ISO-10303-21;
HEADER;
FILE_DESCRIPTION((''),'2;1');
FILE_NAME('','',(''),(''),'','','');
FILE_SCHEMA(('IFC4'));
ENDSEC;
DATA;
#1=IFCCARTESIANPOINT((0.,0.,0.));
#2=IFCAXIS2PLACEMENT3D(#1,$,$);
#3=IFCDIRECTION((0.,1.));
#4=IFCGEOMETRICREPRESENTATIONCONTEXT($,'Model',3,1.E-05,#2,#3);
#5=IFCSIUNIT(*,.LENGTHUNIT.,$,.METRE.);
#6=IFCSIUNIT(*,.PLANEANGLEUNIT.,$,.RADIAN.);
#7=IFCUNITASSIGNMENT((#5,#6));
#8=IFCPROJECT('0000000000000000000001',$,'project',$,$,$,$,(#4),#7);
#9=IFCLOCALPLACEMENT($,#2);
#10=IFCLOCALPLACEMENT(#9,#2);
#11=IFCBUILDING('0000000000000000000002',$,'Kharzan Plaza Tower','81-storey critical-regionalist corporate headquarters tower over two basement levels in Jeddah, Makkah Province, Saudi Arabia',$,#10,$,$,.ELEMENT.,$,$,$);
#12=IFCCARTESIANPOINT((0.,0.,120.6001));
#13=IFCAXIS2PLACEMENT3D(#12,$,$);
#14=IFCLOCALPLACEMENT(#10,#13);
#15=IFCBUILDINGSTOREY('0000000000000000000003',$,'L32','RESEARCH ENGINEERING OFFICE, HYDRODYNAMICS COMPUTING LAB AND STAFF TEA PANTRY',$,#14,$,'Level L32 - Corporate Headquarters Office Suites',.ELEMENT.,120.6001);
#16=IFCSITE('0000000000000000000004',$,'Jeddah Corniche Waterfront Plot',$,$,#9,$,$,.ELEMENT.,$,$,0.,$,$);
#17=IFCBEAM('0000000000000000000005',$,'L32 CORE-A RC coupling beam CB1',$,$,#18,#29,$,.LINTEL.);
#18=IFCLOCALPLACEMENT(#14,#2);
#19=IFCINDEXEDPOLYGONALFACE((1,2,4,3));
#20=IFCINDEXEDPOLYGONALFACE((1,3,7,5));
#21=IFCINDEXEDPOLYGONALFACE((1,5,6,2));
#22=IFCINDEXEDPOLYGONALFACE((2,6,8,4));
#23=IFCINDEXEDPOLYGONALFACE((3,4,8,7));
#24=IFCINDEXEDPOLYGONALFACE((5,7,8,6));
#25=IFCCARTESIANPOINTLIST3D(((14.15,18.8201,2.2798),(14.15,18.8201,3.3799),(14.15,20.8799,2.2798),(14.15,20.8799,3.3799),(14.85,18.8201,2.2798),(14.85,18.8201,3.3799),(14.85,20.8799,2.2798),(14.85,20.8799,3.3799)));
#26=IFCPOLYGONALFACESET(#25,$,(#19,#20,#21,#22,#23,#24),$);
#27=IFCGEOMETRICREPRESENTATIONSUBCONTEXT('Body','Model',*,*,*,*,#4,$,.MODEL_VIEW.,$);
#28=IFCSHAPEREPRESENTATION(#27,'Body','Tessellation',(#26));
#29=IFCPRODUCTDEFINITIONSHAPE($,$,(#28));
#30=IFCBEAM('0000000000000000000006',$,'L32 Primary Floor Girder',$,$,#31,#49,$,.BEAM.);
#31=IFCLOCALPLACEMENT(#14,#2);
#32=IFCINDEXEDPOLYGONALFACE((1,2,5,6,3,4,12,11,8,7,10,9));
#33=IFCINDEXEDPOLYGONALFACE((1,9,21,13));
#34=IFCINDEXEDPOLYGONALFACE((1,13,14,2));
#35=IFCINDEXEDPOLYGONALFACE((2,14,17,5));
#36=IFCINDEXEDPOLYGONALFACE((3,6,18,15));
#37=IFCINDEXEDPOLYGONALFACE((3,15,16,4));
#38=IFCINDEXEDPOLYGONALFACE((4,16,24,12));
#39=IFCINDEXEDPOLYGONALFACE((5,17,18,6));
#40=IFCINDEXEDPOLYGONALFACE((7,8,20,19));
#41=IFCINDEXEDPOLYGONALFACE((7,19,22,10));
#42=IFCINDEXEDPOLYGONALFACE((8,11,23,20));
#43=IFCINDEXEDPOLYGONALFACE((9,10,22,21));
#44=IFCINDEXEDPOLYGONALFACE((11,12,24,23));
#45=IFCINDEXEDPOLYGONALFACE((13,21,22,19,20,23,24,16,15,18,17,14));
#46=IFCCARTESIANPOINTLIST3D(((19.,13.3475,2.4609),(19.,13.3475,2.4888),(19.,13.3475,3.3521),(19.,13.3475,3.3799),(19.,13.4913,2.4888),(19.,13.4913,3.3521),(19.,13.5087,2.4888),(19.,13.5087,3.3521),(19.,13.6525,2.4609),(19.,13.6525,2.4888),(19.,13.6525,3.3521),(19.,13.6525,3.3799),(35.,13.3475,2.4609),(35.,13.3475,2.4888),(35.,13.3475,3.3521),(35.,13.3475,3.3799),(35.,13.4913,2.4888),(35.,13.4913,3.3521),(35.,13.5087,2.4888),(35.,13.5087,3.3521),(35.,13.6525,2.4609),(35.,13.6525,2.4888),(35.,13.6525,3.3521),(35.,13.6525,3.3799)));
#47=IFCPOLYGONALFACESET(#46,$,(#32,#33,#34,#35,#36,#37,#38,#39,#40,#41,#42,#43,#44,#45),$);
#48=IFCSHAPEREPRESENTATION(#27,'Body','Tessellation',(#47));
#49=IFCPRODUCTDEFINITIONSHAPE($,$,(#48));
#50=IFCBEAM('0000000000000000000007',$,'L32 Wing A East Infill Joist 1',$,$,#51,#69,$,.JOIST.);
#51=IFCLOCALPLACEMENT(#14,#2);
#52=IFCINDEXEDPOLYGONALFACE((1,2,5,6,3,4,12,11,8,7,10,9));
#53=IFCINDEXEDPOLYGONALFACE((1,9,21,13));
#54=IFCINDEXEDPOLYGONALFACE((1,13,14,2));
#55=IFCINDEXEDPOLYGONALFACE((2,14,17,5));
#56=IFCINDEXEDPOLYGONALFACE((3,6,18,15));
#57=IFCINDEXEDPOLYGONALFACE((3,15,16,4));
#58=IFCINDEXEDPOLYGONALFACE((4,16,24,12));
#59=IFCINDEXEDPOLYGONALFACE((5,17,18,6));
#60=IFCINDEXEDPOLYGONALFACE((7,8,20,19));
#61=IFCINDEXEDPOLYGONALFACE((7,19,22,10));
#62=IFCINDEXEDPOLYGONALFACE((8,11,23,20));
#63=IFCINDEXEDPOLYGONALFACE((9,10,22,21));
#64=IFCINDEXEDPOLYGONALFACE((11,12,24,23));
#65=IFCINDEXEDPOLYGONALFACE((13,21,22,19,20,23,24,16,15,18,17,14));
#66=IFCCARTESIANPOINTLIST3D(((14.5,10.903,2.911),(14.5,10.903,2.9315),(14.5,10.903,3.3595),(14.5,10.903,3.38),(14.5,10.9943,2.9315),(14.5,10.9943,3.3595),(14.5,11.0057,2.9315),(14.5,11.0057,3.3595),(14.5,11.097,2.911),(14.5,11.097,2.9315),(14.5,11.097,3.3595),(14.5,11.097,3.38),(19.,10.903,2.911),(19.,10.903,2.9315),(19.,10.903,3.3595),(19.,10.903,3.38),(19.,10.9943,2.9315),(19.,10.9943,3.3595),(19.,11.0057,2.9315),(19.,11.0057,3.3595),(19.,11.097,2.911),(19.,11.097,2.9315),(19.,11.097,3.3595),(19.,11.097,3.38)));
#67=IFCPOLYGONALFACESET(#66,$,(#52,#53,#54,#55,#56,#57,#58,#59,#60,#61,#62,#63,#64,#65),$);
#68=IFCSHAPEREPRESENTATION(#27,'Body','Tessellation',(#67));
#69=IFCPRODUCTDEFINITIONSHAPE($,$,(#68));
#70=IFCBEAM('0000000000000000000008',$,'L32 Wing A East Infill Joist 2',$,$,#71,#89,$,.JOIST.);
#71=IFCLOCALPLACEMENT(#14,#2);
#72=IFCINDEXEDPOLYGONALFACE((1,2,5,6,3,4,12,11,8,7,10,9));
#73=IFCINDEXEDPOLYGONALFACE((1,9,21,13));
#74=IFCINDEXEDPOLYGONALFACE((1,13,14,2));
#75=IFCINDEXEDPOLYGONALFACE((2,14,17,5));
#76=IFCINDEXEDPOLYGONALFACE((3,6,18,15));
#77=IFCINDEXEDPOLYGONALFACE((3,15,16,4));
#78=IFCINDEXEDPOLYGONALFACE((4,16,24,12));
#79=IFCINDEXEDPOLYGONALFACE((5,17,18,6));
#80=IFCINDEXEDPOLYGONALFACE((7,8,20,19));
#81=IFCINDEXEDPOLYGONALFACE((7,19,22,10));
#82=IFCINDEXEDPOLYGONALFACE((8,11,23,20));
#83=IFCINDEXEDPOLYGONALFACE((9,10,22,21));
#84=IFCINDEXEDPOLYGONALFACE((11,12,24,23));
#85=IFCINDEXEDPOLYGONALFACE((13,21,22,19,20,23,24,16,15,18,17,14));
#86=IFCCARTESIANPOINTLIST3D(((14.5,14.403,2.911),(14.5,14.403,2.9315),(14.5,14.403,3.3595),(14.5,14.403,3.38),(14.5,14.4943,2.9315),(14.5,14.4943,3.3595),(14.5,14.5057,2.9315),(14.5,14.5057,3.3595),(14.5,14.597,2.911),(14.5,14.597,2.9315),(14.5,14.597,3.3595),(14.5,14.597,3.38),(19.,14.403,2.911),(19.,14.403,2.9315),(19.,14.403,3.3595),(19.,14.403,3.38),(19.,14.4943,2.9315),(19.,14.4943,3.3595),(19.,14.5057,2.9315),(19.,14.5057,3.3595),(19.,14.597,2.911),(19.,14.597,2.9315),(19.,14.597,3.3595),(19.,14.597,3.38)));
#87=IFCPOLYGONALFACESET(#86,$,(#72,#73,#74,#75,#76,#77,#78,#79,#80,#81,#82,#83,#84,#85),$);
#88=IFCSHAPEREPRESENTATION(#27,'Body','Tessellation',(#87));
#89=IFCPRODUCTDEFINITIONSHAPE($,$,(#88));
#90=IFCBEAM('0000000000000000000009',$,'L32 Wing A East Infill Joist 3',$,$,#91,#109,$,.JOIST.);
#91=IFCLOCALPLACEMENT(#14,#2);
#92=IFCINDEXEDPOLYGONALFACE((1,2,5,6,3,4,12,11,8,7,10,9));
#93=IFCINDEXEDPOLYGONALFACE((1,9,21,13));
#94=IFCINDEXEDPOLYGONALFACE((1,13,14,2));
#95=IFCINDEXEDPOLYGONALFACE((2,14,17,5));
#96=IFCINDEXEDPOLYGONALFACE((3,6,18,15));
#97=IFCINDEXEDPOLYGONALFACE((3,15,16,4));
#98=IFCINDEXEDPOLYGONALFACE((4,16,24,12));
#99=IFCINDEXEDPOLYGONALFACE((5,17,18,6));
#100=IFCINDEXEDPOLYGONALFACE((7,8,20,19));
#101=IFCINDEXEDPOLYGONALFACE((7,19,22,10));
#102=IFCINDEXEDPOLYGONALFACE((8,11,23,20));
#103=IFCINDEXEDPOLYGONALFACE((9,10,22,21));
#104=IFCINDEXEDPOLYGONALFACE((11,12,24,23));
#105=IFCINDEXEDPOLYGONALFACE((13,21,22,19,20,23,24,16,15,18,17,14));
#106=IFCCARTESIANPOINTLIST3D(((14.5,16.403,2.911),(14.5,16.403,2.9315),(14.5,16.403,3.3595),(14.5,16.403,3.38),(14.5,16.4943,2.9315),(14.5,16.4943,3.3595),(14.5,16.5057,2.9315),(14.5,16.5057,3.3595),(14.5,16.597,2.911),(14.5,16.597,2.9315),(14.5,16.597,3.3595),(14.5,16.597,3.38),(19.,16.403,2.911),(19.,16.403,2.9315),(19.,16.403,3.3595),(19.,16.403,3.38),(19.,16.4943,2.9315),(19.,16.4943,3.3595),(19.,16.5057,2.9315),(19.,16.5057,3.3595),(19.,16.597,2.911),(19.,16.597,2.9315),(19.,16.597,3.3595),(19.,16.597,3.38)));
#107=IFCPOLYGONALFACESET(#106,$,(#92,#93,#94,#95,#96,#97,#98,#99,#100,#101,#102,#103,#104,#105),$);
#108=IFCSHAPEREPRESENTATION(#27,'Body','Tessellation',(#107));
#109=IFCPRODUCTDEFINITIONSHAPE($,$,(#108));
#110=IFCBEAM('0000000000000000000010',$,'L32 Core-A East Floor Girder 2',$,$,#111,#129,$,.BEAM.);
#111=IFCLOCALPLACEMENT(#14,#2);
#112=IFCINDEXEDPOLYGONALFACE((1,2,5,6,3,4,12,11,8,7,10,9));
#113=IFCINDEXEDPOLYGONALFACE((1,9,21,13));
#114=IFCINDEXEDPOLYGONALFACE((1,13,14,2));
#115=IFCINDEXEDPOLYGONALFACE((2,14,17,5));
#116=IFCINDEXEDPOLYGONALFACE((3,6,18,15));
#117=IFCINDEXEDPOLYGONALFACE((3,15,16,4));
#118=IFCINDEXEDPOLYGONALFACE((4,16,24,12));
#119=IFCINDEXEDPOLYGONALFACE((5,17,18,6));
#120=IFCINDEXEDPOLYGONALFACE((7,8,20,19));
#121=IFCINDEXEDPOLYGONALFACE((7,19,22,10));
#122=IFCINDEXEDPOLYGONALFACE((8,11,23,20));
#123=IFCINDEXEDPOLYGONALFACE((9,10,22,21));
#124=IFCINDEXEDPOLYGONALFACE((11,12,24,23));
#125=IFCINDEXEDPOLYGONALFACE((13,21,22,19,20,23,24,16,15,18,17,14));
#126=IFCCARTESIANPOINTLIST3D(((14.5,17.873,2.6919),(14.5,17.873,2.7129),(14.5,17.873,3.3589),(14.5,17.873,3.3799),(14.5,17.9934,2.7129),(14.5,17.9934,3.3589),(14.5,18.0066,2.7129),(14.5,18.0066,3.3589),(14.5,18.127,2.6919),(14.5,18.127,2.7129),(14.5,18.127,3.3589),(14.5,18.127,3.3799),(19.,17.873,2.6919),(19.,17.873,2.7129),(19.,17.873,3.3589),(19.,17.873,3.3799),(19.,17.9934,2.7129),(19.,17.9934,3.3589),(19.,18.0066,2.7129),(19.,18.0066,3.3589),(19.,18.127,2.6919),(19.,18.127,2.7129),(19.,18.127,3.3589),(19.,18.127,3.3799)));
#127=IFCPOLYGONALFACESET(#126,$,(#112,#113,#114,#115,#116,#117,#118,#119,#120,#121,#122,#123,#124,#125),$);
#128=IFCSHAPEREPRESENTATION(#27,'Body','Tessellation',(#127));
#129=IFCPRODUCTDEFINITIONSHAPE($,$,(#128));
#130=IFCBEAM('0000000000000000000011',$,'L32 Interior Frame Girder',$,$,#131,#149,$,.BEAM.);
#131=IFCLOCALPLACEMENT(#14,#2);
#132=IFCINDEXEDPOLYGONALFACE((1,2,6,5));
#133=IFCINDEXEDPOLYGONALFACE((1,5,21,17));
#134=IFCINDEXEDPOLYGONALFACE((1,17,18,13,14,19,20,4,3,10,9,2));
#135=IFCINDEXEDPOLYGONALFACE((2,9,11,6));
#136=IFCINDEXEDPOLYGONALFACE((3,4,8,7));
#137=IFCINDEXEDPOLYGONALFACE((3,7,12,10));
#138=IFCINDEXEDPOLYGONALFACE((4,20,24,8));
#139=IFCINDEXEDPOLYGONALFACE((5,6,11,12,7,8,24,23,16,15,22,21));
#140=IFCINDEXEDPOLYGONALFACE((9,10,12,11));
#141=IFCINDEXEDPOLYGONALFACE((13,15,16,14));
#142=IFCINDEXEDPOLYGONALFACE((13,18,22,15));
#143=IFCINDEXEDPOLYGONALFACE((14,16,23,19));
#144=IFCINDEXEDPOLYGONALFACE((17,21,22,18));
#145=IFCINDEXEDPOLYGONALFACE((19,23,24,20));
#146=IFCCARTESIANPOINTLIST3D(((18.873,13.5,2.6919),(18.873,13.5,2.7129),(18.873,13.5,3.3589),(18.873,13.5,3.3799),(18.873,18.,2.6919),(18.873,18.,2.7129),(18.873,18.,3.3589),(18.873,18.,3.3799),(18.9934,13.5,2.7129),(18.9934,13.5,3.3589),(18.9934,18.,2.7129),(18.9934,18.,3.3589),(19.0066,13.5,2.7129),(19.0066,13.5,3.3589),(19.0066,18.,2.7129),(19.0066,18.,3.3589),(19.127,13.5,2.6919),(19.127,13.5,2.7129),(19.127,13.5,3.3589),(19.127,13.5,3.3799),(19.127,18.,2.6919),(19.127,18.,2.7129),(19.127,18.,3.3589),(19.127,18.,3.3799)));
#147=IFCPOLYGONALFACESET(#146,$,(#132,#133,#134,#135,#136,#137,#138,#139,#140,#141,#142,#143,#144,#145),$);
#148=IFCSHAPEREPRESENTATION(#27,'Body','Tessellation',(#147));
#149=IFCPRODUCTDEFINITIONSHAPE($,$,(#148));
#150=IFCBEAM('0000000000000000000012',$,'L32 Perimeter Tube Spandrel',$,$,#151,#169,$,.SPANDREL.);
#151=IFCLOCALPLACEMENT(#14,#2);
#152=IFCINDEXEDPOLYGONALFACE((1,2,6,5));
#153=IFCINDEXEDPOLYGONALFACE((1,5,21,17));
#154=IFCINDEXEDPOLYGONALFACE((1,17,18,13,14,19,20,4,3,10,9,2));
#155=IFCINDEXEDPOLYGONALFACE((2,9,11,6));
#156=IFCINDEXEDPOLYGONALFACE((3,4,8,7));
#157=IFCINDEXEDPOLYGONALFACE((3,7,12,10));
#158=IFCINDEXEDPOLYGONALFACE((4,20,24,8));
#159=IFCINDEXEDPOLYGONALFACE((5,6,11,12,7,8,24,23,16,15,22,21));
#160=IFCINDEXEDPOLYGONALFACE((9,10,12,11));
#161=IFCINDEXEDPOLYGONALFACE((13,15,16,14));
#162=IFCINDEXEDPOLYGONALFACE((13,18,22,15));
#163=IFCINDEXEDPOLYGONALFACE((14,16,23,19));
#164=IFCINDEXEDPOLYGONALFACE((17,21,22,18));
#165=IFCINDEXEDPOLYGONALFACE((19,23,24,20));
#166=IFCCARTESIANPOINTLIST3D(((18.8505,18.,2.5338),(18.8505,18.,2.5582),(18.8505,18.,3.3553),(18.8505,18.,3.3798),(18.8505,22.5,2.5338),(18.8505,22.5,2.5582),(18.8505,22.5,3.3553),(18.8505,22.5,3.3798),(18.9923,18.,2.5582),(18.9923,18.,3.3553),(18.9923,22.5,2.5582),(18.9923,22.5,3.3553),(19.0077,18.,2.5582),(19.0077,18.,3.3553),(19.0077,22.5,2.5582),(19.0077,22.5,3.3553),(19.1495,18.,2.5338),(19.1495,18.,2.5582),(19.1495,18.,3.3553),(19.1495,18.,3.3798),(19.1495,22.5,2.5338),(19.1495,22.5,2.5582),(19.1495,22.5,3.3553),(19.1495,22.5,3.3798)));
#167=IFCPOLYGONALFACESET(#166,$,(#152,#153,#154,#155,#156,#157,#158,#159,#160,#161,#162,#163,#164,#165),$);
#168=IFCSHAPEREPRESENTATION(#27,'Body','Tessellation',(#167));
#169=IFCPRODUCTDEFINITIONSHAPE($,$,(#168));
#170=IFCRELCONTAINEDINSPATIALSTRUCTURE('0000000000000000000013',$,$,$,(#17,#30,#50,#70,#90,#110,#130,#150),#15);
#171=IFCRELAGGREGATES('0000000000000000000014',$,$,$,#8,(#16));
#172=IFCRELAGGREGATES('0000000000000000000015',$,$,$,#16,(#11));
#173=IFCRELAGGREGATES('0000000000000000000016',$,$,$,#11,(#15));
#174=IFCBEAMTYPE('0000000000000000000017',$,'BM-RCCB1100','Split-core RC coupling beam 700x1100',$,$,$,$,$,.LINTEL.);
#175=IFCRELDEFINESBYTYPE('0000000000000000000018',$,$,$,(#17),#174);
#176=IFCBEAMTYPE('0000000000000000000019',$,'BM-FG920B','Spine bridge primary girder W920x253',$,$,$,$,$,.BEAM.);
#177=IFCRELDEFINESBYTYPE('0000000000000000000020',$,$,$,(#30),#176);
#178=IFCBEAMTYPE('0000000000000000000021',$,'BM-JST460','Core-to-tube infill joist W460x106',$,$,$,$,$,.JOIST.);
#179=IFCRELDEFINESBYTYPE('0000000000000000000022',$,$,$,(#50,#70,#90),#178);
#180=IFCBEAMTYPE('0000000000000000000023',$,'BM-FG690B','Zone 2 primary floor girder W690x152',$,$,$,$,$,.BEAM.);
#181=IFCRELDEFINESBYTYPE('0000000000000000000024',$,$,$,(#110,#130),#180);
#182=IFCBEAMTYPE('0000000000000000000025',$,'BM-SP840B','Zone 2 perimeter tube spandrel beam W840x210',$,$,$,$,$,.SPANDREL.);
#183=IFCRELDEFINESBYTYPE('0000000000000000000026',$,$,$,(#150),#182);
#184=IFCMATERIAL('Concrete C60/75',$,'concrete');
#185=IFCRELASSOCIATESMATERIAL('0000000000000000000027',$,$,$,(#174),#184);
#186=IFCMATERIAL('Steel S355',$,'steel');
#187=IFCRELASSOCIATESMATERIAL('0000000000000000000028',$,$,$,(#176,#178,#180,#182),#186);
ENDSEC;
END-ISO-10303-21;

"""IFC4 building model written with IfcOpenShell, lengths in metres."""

from ifc_helpers import new_model, si_unit, direction, frame, origin, origin_2d, place, context, subcontext, project, spatial, rectangle, i_section, extrude, source, transform, mapped, material, material_profile, profile_set, type_object, element, save


model = new_model("IFC4")

# Units and contexts
model_context = context("Model", 3, precision=1e-05, world=origin(), true_north=direction((0.0, 1.0)))
body_context = subcontext(model_context, "Body", "Model", "MODEL_VIEW")
ifc_project = project(units=[si_unit("LENGTHUNIT", "METRE"), si_unit("PLANEANGLEUNIT", "RADIAN")], contexts=[model_context])

# Site, building, storey
site_placement = place(None, origin())
site = spatial("IfcSite", under=ifc_project, at=site_placement, Name="Jeddah Corniche Waterfront Plot", CompositionType="ELEMENT", RefElevation=0.0)
building_placement = place(site_placement, origin())
building = spatial("IfcBuilding", under=site, at=building_placement, Name="Kharzan Plaza Tower", Description="81-storey critical-regionalist corporate headquarters tower over two basement levels in Jeddah, Makkah Province, Saudi Arabia", CompositionType="ELEMENT")
storey_placement = place(building_placement, frame((0.0, 0.0, 120.6001)))
storey = spatial("IfcBuildingStorey", under=building, at=storey_placement, Name="L32", Description="RESEARCH ENGINEERING OFFICE, HYDRODYNAMICS COMPUTING LAB AND STAFF TEA PANTRY", LongName="Level L32 - Corporate Headquarters Office Suites", CompositionType="ELEMENT", Elevation=120.6001)

# Beams
ifc_material_1 = material(Name="Concrete C60/75", Category="concrete")
ifc_material_profile_1 = material_profile(ifc_material_1, rectangle(XDim=0.7, YDim=1.1001, at=origin_2d()), Name="RC-CB1100x700")
ifc_profile_set_1 = profile_set([ifc_material_profile_1], Name="Concrete C60/75")
beam_type_1 = type_object("IfcBeamType", Name="BM-RCCB1100", Description="Split-core RC coupling beam 700x1100", PredefinedType="LINTEL", material=ifc_profile_set_1)
shared_shape_1 = source(origin(), body_context, "Body", "SweptSolid", [
    extrude(rectangle(XDim=0.7, YDim=1.1001, at=origin_2d()), origin(), (0.0, 0.0, 1.0), 2.0598),
])
beam_1_placement = place(storey_placement, frame((14.5, 18.8201, 2.8298), z_axis=(0.0, 1.0, 0.0), x_axis=(-1.0, 0.0, 0.0)))
element("IfcBeam", 1, at=beam_1_placement, inside=storey, type_object=beam_type_1, Name="L32 CORE-A RC coupling beam CB1", PredefinedType="LINTEL", context=body_context, shape_type="MappedRepresentation", body=[
    mapped(shared_shape_1, transform((0.0, 0.0, 0.0), x_axis=(1.0, 0.0, 0.0), y_axis=(0.0, 1.0, 0.0), z_axis=(0.0, 0.0, 1.0))),
])
ifc_material_2 = material(Name="Steel S355", Category="steel")
ifc_material_profile_2 = material_profile(ifc_material_2, i_section(OverallWidth=0.3049, OverallDepth=0.9189, WebThickness=0.0173, FlangeThickness=0.0278, at=origin_2d()), Name="W920x253")
ifc_profile_set_2 = profile_set([ifc_material_profile_2], Name="Steel S355")
beam_type_2 = type_object("IfcBeamType", Name="BM-FG920B", Description="Spine bridge primary girder W920x253", PredefinedType="BEAM", material=ifc_profile_set_2)
shared_shape_2 = source(origin(), body_context, "Body", "SweptSolid", [
    extrude(i_section(OverallWidth=0.3049, OverallDepth=0.9189, WebThickness=0.0173, FlangeThickness=0.0278, at=origin_2d()), origin(), (0.0, 0.0, 1.0), 16.0),
])
beam_2_placement = place(storey_placement, frame((19.0, 13.5, 2.9204), z_axis=(1.0, 0.0, 0.0), x_axis=(0.0, 1.0, 0.0)))
element("IfcBeam", 2, at=beam_2_placement, inside=storey, type_object=beam_type_2, Name="L32 Primary Floor Girder", PredefinedType="BEAM", context=body_context, shape_type="MappedRepresentation", body=[
    mapped(shared_shape_2, transform((0.0, 0.0, 0.0), x_axis=(1.0, 0.0, 0.0), y_axis=(0.0, 1.0, 0.0), z_axis=(0.0, 0.0, 1.0))),
])
ifc_material_profile_3 = material_profile(ifc_material_2, i_section(OverallWidth=0.1941, OverallDepth=0.469, WebThickness=0.0115, FlangeThickness=0.0205, at=origin_2d()), Name="W460x106")
ifc_profile_set_3 = profile_set([ifc_material_profile_3], Name="Steel S355")
beam_type_3 = type_object("IfcBeamType", Name="BM-JST460", Description="Core-to-tube infill joist W460x106", PredefinedType="JOIST", material=ifc_profile_set_3)
shared_shape_3 = source(origin(), body_context, "Body", "SweptSolid", [
    extrude(i_section(OverallWidth=0.1941, OverallDepth=0.469, WebThickness=0.0115, FlangeThickness=0.0205, at=origin_2d()), origin(), (0.0, 0.0, 1.0), 4.5),
])
for number, where, z_axis, x_axis, name in (
    (3, (14.5, 11.0, 3.1455), (1.0, 0.0, 0.0), (0.0, 1.0, 0.0), "L32 Wing A East Infill Joist 1"),
    (4, (14.5, 14.5, 3.1455), (1.0, 0.0, 0.0), (0.0, 1.0, 0.0), "L32 Wing A East Infill Joist 2"),
    (5, (14.5, 16.5, 3.1455), (1.0, 0.0, 0.0), (0.0, 1.0, 0.0), "L32 Wing A East Infill Joist 3"),
):
    element("IfcBeam", number, at=place(storey_placement, frame(where, z_axis=z_axis, x_axis=x_axis)), inside=storey, type_object=beam_type_3, Name=name, PredefinedType="JOIST", context=body_context, shape_type="MappedRepresentation", body=[
        mapped(shared_shape_3, transform((0.0, 0.0, 0.0), x_axis=(1.0, 0.0, 0.0), y_axis=(0.0, 1.0, 0.0), z_axis=(0.0, 0.0, 1.0))),
    ])
ifc_material_profile_4 = material_profile(ifc_material_2, i_section(OverallWidth=0.2539, OverallDepth=0.688, WebThickness=0.0132, FlangeThickness=0.021, at=origin_2d()), Name="W690x152")
ifc_profile_set_4 = profile_set([ifc_material_profile_4], Name="Steel S355")
beam_type_4 = type_object("IfcBeamType", Name="BM-FG690B", Description="Zone 2 primary floor girder W690x152", PredefinedType="BEAM", material=ifc_profile_set_4)
shared_shape_4 = source(origin(), body_context, "Body", "SweptSolid", [
    extrude(i_section(OverallWidth=0.2539, OverallDepth=0.688, WebThickness=0.0132, FlangeThickness=0.021, at=origin_2d()), origin(), (0.0, 0.0, 1.0), 4.5),
])
for number, where, z_axis, x_axis, name in (
    (6, (14.5, 18.0, 3.0359), (1.0, 0.0, 0.0), (0.0, 1.0, 0.0), "L32 Core-A East Floor Girder 2"),
    (7, (19.0, 13.5, 3.0359), (0.0, 1.0, 0.0), (-1.0, 0.0, 0.0), "L32 Interior Frame Girder"),
):
    element("IfcBeam", number, at=place(storey_placement, frame(where, z_axis=z_axis, x_axis=x_axis)), inside=storey, type_object=beam_type_4, Name=name, PredefinedType="BEAM", context=body_context, shape_type="MappedRepresentation", body=[
        mapped(shared_shape_4, transform((0.0, 0.0, 0.0), x_axis=(1.0, 0.0, 0.0), y_axis=(0.0, 1.0, 0.0), z_axis=(0.0, 0.0, 1.0))),
    ])
ifc_material_profile_5 = material_profile(ifc_material_2, i_section(OverallWidth=0.2991, OverallDepth=0.8459, WebThickness=0.0154, FlangeThickness=0.0244, at=origin_2d()), Name="W840x210")
ifc_profile_set_5 = profile_set([ifc_material_profile_5], Name="Steel S355")
beam_type_5 = type_object("IfcBeamType", Name="BM-SP840B", Description="Zone 2 perimeter tube spandrel beam W840x210", PredefinedType="SPANDREL", material=ifc_profile_set_5)
shared_shape_5 = source(origin(), body_context, "Body", "SweptSolid", [
    extrude(i_section(OverallWidth=0.2991, OverallDepth=0.8459, WebThickness=0.0154, FlangeThickness=0.0244, at=origin_2d()), origin(), (0.0, 0.0, 1.0), 4.5),
])
beam_3_placement = place(storey_placement, frame((19.0, 18.0, 2.9568), z_axis=(0.0, 1.0, 0.0), x_axis=(-1.0, 0.0, 0.0)))
element("IfcBeam", 8, at=beam_3_placement, inside=storey, type_object=beam_type_5, Name="L32 Perimeter Tube Spandrel", PredefinedType="SPANDREL", context=body_context, shape_type="MappedRepresentation", body=[
    mapped(shared_shape_5, transform((0.0, 0.0, 0.0), x_axis=(1.0, 0.0, 0.0), y_axis=(0.0, 1.0, 0.0), z_axis=(0.0, 0.0, 1.0))),
])

save(model, "model.ifc")
